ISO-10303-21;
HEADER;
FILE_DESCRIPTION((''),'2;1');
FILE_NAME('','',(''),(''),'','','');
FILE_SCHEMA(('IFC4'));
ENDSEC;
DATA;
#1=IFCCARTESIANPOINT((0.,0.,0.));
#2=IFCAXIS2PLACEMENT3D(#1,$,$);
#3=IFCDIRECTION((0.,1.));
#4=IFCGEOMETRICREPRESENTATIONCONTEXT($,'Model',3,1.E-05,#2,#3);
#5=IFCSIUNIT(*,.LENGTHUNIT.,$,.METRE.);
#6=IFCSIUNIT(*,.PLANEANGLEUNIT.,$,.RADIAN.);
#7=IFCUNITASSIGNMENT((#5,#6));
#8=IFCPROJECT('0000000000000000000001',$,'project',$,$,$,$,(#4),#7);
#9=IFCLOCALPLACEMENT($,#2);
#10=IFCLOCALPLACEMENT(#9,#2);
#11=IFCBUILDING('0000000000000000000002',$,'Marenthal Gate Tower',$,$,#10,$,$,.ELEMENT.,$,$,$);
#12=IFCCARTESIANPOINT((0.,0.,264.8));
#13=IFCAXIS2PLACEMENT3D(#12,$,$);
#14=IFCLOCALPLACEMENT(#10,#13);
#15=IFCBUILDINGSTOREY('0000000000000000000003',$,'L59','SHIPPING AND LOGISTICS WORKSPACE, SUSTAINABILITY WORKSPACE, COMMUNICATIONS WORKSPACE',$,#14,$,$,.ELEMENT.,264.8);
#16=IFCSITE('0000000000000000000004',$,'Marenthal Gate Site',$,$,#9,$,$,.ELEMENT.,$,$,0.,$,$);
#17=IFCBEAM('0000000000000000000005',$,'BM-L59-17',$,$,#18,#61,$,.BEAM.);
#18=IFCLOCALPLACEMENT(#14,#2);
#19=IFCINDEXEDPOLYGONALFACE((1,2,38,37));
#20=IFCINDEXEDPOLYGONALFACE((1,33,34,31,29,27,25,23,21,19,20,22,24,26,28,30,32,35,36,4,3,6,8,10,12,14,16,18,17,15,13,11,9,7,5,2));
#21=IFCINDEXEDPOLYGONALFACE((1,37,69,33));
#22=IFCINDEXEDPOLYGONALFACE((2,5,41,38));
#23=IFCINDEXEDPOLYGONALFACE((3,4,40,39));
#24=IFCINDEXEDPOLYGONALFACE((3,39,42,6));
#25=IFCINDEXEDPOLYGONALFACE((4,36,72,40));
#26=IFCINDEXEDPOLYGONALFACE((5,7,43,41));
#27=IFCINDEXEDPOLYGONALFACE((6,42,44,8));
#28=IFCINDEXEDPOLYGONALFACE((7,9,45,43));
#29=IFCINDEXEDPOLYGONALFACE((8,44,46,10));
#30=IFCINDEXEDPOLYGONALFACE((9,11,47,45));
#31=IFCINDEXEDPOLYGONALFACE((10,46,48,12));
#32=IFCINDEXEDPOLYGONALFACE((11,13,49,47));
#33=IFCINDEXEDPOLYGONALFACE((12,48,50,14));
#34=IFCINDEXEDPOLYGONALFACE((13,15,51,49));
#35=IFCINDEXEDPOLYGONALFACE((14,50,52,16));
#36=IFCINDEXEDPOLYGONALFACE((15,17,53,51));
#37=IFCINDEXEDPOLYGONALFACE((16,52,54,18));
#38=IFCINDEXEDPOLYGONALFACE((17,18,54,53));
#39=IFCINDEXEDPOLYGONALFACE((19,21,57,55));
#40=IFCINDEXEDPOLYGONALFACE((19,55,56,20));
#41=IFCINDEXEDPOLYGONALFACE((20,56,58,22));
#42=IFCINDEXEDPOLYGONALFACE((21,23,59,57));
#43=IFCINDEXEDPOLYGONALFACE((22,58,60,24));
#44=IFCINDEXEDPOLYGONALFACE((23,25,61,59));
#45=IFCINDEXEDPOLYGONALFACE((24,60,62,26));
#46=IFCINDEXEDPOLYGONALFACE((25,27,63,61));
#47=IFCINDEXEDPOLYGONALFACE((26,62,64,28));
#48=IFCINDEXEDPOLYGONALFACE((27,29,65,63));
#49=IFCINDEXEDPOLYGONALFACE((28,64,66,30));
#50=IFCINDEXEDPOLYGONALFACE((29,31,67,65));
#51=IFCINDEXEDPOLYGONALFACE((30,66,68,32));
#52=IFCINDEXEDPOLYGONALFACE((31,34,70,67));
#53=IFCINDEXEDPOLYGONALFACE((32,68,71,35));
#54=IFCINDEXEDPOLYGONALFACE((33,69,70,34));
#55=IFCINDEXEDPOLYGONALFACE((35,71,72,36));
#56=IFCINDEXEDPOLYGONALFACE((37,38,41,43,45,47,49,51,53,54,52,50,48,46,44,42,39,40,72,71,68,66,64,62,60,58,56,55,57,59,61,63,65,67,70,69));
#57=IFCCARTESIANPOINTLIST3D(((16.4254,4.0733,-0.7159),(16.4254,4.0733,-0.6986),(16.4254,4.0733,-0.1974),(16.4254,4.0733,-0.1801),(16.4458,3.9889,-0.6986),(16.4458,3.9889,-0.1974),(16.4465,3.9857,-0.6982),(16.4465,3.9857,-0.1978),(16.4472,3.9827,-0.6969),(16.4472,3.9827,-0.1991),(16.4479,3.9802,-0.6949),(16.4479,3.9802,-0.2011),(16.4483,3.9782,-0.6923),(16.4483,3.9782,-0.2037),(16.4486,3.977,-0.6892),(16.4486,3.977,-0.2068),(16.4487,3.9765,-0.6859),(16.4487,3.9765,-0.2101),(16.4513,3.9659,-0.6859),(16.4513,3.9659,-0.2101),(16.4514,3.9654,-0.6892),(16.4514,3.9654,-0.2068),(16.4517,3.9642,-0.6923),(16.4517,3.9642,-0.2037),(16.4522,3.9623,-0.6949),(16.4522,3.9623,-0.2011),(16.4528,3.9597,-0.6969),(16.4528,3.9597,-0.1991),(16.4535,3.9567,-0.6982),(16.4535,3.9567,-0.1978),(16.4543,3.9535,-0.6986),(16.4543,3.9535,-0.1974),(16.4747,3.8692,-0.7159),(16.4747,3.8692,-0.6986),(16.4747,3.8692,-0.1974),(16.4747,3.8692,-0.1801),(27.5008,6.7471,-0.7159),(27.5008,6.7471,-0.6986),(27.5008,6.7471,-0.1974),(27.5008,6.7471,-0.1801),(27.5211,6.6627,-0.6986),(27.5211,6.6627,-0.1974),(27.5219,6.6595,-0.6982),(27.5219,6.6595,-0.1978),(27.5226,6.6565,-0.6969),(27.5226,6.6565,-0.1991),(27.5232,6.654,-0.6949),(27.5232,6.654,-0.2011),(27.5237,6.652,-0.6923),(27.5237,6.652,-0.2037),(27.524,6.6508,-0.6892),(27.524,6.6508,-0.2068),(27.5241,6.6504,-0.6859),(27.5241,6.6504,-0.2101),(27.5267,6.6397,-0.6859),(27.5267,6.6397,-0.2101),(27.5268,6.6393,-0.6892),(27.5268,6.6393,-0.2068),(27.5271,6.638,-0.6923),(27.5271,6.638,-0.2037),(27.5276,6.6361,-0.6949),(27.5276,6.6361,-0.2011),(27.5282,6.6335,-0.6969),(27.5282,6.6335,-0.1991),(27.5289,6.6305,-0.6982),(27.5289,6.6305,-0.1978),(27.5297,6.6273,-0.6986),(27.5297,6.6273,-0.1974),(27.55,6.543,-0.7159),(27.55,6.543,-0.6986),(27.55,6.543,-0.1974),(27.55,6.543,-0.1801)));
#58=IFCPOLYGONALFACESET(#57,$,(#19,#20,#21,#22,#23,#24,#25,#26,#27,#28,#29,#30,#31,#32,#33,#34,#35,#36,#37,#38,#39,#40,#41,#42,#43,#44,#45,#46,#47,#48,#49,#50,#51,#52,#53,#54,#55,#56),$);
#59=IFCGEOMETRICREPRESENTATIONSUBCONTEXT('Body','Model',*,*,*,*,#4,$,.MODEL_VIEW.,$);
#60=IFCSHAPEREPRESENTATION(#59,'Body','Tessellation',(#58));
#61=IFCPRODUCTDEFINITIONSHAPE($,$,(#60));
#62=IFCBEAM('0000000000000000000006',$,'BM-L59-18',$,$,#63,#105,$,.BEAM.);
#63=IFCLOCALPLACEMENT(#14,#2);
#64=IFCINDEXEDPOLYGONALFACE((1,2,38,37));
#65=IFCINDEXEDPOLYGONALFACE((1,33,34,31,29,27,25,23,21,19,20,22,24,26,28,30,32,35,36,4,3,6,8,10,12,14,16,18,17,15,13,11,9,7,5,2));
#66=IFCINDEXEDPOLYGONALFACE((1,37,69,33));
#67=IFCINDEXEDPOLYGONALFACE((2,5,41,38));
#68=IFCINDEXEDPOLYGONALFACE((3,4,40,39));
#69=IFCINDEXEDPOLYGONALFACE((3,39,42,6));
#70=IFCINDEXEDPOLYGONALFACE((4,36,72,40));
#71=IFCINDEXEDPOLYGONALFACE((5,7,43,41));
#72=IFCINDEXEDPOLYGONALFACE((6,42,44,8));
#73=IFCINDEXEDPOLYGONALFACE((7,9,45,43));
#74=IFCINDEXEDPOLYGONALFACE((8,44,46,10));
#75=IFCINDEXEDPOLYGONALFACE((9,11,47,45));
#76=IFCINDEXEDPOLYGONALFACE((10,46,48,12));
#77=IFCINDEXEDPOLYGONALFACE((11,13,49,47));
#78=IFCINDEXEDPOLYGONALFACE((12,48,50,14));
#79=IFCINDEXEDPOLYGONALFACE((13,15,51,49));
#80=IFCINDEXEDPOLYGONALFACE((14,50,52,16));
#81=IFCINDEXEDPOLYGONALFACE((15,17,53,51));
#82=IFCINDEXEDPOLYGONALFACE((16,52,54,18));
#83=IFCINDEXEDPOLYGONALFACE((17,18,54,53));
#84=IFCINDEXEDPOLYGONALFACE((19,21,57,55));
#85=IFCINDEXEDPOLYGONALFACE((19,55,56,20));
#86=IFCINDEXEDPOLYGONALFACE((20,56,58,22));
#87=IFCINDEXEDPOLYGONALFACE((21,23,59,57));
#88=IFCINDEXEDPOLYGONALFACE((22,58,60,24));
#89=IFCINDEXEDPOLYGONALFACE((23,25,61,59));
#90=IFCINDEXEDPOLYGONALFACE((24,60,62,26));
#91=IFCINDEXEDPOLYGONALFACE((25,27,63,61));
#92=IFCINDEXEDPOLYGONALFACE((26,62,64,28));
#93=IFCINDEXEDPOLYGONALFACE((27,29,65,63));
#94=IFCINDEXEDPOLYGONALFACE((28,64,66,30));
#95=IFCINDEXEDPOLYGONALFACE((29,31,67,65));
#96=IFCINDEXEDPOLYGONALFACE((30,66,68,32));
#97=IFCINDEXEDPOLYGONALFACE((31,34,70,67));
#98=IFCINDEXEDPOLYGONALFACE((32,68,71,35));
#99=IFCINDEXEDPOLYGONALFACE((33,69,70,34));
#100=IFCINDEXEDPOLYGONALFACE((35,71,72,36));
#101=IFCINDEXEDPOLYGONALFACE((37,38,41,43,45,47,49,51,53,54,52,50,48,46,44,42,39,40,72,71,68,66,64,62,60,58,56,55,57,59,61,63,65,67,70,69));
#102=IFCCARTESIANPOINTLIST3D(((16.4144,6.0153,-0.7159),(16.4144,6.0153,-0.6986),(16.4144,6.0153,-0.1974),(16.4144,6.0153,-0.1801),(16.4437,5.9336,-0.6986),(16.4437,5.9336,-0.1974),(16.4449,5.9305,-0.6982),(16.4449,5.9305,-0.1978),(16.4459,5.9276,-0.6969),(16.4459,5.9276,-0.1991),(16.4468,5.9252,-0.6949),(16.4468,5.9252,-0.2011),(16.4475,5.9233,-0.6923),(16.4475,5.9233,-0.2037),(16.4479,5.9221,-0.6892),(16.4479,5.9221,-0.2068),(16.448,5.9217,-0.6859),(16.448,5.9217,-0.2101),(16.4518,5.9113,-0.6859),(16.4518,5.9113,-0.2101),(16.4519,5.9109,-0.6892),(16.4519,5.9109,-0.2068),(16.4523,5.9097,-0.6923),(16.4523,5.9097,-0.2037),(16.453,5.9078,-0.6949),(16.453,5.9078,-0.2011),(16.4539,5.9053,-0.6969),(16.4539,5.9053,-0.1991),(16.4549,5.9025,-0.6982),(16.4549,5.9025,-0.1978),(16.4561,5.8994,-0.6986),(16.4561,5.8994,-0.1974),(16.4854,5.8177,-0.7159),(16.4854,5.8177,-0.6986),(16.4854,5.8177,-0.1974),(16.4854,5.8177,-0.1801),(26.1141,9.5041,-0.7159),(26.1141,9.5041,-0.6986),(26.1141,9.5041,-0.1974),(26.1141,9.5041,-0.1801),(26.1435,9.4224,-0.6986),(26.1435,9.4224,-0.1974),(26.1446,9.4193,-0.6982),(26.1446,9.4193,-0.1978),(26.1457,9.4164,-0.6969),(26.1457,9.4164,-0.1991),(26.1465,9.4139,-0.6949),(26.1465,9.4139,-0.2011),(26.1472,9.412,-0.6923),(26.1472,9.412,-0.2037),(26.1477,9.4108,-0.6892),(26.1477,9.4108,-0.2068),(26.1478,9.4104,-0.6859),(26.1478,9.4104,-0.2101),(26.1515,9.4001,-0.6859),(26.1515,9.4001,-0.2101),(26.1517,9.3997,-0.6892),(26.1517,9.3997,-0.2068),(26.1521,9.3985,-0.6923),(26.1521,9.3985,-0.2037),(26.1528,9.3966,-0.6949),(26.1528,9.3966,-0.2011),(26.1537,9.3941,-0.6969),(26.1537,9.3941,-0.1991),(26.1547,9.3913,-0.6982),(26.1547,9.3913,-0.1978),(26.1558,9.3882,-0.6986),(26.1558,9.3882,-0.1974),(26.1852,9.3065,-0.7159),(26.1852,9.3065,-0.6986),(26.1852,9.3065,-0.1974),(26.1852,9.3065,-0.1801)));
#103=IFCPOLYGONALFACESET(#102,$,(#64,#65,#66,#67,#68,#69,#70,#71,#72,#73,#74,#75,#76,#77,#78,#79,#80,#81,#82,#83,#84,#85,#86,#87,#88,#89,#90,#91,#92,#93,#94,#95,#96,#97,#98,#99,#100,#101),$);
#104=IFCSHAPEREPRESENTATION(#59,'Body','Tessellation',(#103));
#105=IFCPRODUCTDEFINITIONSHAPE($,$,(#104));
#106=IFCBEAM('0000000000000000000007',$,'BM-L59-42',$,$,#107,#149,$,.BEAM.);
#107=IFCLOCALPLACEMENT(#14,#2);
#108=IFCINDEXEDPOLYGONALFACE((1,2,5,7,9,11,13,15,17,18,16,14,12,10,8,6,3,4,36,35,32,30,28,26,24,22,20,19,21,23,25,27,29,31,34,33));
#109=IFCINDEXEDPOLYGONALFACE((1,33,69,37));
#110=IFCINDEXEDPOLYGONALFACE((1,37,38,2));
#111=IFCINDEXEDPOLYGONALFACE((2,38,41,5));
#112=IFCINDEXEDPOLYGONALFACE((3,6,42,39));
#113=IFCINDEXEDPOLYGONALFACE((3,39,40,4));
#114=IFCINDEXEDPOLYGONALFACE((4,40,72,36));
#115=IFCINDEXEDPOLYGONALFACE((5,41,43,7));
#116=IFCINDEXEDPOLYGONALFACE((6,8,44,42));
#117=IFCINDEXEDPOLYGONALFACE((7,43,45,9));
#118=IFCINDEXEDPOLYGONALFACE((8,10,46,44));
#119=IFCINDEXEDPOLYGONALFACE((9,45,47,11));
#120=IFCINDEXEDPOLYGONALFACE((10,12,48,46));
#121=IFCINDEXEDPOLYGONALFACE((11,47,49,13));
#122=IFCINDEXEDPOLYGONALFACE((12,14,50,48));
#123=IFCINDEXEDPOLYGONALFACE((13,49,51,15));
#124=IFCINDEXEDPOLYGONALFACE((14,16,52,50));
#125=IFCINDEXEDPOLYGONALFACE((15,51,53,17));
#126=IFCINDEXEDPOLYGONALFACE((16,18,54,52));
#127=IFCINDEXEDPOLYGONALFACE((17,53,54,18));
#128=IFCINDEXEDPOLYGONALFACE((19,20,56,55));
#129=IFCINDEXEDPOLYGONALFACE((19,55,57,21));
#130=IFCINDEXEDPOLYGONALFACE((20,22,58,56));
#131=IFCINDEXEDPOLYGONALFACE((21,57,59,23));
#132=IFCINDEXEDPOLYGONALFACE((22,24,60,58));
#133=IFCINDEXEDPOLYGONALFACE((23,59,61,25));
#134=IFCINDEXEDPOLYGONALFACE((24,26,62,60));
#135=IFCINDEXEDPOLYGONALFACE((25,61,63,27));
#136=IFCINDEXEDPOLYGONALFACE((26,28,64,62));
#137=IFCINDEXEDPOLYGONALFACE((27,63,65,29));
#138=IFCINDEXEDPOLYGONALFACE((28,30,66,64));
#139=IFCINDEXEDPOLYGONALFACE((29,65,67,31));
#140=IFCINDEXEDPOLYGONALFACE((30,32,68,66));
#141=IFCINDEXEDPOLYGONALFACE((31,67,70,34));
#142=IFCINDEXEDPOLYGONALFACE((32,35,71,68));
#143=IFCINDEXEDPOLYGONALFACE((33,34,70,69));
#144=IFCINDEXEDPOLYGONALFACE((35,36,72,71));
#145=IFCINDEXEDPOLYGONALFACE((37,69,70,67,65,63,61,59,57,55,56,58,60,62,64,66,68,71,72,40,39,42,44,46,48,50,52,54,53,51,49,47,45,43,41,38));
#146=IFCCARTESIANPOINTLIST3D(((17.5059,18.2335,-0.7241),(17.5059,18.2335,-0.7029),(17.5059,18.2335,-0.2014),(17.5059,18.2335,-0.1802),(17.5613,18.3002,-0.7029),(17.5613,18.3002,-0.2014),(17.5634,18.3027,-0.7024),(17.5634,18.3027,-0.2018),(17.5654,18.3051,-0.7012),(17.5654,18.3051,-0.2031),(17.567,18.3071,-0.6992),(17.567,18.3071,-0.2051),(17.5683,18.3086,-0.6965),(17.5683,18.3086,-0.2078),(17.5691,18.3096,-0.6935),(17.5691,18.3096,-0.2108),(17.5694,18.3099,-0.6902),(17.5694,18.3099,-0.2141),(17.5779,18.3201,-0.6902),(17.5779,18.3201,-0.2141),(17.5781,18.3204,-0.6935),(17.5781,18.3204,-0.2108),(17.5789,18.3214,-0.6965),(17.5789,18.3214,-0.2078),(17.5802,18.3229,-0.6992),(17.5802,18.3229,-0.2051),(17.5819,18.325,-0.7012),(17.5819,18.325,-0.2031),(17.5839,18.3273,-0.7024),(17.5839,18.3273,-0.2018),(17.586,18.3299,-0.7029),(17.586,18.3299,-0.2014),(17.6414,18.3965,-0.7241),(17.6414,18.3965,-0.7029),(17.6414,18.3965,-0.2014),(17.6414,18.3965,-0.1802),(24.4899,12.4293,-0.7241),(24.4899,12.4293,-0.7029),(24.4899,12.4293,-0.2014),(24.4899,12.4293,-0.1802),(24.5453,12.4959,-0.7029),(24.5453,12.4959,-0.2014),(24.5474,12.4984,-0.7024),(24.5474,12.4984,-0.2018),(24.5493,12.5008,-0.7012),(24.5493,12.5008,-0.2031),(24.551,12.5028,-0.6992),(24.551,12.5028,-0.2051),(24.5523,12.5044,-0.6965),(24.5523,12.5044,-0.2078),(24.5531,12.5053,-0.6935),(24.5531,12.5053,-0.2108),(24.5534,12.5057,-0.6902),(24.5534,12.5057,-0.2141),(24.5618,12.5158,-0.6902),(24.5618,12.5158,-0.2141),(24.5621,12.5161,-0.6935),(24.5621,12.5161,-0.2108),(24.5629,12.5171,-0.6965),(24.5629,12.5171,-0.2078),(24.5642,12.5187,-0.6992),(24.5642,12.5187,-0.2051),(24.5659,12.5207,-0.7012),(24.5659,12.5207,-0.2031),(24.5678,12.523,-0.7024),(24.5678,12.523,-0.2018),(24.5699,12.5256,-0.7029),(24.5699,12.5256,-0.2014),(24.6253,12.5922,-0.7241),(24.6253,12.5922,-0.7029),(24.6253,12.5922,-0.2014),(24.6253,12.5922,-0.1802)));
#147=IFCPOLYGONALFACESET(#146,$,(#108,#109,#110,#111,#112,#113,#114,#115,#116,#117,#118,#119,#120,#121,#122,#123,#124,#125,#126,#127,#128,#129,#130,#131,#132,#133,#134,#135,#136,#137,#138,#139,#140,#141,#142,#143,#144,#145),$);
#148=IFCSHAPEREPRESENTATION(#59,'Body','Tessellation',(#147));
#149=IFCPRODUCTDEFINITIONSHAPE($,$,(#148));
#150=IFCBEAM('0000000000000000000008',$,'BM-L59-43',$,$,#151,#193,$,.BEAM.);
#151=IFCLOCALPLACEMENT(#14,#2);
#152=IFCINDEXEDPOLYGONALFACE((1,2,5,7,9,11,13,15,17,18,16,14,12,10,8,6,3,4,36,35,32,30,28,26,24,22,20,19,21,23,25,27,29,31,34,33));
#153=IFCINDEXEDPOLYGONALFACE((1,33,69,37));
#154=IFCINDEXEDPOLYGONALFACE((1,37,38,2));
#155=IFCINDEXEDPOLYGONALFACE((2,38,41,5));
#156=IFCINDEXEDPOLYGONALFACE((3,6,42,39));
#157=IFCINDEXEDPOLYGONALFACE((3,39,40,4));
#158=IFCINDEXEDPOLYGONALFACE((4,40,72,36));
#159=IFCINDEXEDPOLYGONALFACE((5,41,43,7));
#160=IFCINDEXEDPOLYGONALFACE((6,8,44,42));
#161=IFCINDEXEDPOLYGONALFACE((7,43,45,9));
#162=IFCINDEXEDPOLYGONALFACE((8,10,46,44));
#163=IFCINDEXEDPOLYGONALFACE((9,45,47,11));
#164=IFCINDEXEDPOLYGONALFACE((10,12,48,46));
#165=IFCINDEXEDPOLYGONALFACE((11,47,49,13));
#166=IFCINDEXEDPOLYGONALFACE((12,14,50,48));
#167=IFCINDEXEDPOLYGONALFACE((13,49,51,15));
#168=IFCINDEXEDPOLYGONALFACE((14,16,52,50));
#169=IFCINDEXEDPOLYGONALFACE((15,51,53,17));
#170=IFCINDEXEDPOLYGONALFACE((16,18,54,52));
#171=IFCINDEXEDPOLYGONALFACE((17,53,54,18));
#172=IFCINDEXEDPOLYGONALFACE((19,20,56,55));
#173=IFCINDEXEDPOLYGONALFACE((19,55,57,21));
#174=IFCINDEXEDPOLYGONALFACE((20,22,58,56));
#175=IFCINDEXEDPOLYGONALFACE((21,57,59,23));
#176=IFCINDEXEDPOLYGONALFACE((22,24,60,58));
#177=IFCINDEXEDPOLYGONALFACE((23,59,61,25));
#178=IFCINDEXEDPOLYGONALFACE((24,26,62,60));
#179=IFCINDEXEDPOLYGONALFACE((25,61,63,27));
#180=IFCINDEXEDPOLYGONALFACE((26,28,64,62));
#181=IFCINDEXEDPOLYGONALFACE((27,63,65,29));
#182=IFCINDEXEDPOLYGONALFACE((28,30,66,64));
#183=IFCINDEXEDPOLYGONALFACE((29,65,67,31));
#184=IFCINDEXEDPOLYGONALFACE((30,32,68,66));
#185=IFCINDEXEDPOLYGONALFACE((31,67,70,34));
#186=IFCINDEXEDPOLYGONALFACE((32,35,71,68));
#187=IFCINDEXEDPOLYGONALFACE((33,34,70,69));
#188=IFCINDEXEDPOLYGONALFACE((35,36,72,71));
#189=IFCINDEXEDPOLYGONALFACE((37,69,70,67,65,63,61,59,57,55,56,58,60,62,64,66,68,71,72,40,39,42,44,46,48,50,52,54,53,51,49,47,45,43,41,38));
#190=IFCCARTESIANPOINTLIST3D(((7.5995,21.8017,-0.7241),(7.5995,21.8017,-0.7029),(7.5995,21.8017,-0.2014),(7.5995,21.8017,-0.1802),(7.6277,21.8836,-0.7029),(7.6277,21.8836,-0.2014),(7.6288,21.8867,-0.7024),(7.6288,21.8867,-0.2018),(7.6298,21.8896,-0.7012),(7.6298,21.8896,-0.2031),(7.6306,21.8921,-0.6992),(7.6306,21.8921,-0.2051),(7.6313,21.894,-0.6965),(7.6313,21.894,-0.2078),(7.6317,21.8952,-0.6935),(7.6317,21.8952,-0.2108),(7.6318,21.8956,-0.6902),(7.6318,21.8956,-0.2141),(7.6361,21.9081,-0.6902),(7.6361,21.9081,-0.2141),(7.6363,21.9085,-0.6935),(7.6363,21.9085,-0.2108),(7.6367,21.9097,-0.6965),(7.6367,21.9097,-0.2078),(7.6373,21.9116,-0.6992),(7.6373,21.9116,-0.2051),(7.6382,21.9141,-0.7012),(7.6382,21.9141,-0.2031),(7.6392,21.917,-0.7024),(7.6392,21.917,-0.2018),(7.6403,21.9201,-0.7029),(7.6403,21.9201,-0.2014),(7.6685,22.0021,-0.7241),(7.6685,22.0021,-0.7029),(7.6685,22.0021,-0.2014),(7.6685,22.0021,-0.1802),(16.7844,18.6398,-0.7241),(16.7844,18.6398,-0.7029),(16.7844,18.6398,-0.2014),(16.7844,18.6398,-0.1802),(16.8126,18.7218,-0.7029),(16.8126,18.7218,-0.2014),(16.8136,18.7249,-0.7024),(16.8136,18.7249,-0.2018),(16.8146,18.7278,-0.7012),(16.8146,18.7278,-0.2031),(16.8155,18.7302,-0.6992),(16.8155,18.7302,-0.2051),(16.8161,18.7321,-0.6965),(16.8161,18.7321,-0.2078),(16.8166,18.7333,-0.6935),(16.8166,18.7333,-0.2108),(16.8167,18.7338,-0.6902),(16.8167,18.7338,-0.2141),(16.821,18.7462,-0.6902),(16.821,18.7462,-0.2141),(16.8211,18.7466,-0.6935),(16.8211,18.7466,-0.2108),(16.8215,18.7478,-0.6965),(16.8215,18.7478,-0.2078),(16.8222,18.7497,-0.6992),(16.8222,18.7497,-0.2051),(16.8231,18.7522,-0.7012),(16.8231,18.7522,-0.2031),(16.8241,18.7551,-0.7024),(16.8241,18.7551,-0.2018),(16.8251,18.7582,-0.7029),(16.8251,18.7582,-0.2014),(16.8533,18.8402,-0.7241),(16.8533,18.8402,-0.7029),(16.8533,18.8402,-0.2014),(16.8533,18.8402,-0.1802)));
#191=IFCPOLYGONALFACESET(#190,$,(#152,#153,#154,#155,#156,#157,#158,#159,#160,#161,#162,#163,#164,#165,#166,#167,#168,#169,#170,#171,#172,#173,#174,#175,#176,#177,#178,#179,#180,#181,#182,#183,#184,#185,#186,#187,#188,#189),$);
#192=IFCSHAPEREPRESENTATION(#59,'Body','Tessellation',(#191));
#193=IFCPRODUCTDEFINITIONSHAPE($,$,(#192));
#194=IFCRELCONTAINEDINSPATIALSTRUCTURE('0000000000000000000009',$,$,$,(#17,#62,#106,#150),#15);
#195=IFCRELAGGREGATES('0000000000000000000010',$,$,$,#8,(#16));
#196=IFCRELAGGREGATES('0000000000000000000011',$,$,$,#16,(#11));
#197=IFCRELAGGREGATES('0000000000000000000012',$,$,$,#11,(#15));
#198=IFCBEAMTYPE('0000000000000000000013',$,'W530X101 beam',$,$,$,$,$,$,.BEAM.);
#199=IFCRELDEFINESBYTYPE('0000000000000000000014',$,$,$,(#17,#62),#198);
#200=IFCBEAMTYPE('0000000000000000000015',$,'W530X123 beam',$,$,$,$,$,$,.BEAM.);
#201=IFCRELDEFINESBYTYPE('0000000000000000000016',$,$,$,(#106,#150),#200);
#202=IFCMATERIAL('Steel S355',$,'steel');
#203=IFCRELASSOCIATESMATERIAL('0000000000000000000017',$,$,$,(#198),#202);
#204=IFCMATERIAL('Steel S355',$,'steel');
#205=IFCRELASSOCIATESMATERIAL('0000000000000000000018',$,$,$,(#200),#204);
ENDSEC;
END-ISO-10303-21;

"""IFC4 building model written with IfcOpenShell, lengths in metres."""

from ifc_helpers import new_model, si_unit, direction, frame, origin, origin_2d, place, context, subcontext, project, spatial, i_section, extrude, material, material_profile, profile_set, type_object, element, save


model = new_model("IFC4")

# Units and contexts
model_context = context("Model", 3, precision=1e-05, world=origin(), true_north=direction((0.0, 1.0)))
body_context = subcontext(model_context, "Body", "Model", "MODEL_VIEW")
ifc_project = project(units=[si_unit("LENGTHUNIT", "METRE"), si_unit("PLANEANGLEUNIT", "RADIAN")], contexts=[model_context])

# Site, building, storey
site_placement = place(None, origin())
site = spatial("IfcSite", under=ifc_project, at=site_placement, Name="Marenthal Gate Site", CompositionType="ELEMENT", RefElevation=0.0)
building_placement = place(site_placement, origin())
building = spatial("IfcBuilding", under=site, at=building_placement, Name="Marenthal Gate Tower", CompositionType="ELEMENT")
storey_placement = place(building_placement, frame((0.0, 0.0, 264.8)))
storey = spatial("IfcBuildingStorey", under=building, at=storey_placement, Name="L59", Description="SHIPPING AND LOGISTICS WORKSPACE, SUSTAINABILITY WORKSPACE, COMMUNICATIONS WORKSPACE", CompositionType="ELEMENT", Elevation=264.8)

# Beams
ifc_material_1 = material(Name="Steel S355", Category="steel")
ifc_material_profile_1 = material_profile(ifc_material_1, i_section(OverallWidth=0.21, OverallDepth=0.5359, WebThickness=0.011, FlangeThickness=0.0173, FilletRadius=0.0127, at=origin_2d()), Name="W530X101")
ifc_profile_set_1 = profile_set([ifc_material_profile_1], Name="Steel S355")
beam_type_1 = type_object("IfcBeamType", Name="W530X101 beam", PredefinedType="BEAM", material=ifc_profile_set_1)
beam_1_placement = place(storey_placement, frame((27.5254, 6.645, -0.448), z_axis=(-0.972073, -0.234678, 0.0), x_axis=(0.234678, -0.972073, 0.0)))
element("IfcBeam", 1, at=beam_1_placement, inside=storey, type_object=beam_type_1, Name="BM-L59-17", PredefinedType="BEAM", context=body_context, shape_type="SweptSolid", body=[
    extrude(i_section(OverallWidth=0.21, OverallDepth=0.5359, WebThickness=0.011, FlangeThickness=0.0173, FilletRadius=0.0127, at=origin_2d()), origin(), (0.0, 0.0, 1.0), 11.3936),
])
beam_2_placement = place(storey_placement, frame((26.1497, 9.4053, -0.448), z_axis=(-0.940984, -0.338451, 0.0), x_axis=(0.338451, -0.940984, 0.0)))
element("IfcBeam", 2, at=beam_2_placement, inside=storey, type_object=beam_type_1, Name="BM-L59-18", PredefinedType="BEAM", context=body_context, shape_type="SweptSolid", body=[
    extrude(i_section(OverallWidth=0.21, OverallDepth=0.5359, WebThickness=0.011, FlangeThickness=0.0173, FilletRadius=0.0127, at=origin_2d()), origin(), (0.0, 0.0, 1.0), 10.3081),
])
ifc_material_2 = material(Name="Steel S355", Category="steel")
ifc_material_profile_2 = material_profile(ifc_material_2, i_section(OverallWidth=0.2119, OverallDepth=0.5439, WebThickness=0.0132, FlangeThickness=0.0212, FilletRadius=0.0127, at=origin_2d()), Name="W530X123")
ifc_profile_set_2 = profile_set([ifc_material_profile_2], Name="Steel S355")
beam_type_2 = type_object("IfcBeamType", Name="W530X123 beam", PredefinedType="BEAM", material=ifc_profile_set_2)
beam_3_placement = place(storey_placement, frame((24.5576, 12.5107, -0.4521), z_axis=(-0.769071, 0.639163, 0.0), x_axis=(-0.639163, -0.769071, 0.0)))
element("IfcBeam", 3, at=beam_3_placement, inside=storey, type_object=beam_type_2, Name="BM-L59-42", PredefinedType="BEAM", context=body_context, shape_type="SweptSolid", body=[
    extrude(i_section(OverallWidth=0.2119, OverallDepth=0.5439, WebThickness=0.0132, FlangeThickness=0.0212, FilletRadius=0.0127, at=origin_2d()), origin(), (0.0, 0.0, 1.0), 9.0811),
])
beam_4_placement = place(storey_placement, frame((16.8188, 18.74, -0.4521), z_axis=(-0.945541, 0.325502, 0.0), x_axis=(-0.325502, -0.945541, 0.0)))
element("IfcBeam", 4, at=beam_4_placement, inside=storey, type_object=beam_type_2, Name="BM-L59-43", PredefinedType="BEAM", context=body_context, shape_type="SweptSolid", body=[
    extrude(i_section(OverallWidth=0.2119, OverallDepth=0.5439, WebThickness=0.0132, FlangeThickness=0.0212, FilletRadius=0.0127, at=origin_2d()), origin(), (0.0, 0.0, 1.0), 9.7139),
])

save(model, "model.ifc")
